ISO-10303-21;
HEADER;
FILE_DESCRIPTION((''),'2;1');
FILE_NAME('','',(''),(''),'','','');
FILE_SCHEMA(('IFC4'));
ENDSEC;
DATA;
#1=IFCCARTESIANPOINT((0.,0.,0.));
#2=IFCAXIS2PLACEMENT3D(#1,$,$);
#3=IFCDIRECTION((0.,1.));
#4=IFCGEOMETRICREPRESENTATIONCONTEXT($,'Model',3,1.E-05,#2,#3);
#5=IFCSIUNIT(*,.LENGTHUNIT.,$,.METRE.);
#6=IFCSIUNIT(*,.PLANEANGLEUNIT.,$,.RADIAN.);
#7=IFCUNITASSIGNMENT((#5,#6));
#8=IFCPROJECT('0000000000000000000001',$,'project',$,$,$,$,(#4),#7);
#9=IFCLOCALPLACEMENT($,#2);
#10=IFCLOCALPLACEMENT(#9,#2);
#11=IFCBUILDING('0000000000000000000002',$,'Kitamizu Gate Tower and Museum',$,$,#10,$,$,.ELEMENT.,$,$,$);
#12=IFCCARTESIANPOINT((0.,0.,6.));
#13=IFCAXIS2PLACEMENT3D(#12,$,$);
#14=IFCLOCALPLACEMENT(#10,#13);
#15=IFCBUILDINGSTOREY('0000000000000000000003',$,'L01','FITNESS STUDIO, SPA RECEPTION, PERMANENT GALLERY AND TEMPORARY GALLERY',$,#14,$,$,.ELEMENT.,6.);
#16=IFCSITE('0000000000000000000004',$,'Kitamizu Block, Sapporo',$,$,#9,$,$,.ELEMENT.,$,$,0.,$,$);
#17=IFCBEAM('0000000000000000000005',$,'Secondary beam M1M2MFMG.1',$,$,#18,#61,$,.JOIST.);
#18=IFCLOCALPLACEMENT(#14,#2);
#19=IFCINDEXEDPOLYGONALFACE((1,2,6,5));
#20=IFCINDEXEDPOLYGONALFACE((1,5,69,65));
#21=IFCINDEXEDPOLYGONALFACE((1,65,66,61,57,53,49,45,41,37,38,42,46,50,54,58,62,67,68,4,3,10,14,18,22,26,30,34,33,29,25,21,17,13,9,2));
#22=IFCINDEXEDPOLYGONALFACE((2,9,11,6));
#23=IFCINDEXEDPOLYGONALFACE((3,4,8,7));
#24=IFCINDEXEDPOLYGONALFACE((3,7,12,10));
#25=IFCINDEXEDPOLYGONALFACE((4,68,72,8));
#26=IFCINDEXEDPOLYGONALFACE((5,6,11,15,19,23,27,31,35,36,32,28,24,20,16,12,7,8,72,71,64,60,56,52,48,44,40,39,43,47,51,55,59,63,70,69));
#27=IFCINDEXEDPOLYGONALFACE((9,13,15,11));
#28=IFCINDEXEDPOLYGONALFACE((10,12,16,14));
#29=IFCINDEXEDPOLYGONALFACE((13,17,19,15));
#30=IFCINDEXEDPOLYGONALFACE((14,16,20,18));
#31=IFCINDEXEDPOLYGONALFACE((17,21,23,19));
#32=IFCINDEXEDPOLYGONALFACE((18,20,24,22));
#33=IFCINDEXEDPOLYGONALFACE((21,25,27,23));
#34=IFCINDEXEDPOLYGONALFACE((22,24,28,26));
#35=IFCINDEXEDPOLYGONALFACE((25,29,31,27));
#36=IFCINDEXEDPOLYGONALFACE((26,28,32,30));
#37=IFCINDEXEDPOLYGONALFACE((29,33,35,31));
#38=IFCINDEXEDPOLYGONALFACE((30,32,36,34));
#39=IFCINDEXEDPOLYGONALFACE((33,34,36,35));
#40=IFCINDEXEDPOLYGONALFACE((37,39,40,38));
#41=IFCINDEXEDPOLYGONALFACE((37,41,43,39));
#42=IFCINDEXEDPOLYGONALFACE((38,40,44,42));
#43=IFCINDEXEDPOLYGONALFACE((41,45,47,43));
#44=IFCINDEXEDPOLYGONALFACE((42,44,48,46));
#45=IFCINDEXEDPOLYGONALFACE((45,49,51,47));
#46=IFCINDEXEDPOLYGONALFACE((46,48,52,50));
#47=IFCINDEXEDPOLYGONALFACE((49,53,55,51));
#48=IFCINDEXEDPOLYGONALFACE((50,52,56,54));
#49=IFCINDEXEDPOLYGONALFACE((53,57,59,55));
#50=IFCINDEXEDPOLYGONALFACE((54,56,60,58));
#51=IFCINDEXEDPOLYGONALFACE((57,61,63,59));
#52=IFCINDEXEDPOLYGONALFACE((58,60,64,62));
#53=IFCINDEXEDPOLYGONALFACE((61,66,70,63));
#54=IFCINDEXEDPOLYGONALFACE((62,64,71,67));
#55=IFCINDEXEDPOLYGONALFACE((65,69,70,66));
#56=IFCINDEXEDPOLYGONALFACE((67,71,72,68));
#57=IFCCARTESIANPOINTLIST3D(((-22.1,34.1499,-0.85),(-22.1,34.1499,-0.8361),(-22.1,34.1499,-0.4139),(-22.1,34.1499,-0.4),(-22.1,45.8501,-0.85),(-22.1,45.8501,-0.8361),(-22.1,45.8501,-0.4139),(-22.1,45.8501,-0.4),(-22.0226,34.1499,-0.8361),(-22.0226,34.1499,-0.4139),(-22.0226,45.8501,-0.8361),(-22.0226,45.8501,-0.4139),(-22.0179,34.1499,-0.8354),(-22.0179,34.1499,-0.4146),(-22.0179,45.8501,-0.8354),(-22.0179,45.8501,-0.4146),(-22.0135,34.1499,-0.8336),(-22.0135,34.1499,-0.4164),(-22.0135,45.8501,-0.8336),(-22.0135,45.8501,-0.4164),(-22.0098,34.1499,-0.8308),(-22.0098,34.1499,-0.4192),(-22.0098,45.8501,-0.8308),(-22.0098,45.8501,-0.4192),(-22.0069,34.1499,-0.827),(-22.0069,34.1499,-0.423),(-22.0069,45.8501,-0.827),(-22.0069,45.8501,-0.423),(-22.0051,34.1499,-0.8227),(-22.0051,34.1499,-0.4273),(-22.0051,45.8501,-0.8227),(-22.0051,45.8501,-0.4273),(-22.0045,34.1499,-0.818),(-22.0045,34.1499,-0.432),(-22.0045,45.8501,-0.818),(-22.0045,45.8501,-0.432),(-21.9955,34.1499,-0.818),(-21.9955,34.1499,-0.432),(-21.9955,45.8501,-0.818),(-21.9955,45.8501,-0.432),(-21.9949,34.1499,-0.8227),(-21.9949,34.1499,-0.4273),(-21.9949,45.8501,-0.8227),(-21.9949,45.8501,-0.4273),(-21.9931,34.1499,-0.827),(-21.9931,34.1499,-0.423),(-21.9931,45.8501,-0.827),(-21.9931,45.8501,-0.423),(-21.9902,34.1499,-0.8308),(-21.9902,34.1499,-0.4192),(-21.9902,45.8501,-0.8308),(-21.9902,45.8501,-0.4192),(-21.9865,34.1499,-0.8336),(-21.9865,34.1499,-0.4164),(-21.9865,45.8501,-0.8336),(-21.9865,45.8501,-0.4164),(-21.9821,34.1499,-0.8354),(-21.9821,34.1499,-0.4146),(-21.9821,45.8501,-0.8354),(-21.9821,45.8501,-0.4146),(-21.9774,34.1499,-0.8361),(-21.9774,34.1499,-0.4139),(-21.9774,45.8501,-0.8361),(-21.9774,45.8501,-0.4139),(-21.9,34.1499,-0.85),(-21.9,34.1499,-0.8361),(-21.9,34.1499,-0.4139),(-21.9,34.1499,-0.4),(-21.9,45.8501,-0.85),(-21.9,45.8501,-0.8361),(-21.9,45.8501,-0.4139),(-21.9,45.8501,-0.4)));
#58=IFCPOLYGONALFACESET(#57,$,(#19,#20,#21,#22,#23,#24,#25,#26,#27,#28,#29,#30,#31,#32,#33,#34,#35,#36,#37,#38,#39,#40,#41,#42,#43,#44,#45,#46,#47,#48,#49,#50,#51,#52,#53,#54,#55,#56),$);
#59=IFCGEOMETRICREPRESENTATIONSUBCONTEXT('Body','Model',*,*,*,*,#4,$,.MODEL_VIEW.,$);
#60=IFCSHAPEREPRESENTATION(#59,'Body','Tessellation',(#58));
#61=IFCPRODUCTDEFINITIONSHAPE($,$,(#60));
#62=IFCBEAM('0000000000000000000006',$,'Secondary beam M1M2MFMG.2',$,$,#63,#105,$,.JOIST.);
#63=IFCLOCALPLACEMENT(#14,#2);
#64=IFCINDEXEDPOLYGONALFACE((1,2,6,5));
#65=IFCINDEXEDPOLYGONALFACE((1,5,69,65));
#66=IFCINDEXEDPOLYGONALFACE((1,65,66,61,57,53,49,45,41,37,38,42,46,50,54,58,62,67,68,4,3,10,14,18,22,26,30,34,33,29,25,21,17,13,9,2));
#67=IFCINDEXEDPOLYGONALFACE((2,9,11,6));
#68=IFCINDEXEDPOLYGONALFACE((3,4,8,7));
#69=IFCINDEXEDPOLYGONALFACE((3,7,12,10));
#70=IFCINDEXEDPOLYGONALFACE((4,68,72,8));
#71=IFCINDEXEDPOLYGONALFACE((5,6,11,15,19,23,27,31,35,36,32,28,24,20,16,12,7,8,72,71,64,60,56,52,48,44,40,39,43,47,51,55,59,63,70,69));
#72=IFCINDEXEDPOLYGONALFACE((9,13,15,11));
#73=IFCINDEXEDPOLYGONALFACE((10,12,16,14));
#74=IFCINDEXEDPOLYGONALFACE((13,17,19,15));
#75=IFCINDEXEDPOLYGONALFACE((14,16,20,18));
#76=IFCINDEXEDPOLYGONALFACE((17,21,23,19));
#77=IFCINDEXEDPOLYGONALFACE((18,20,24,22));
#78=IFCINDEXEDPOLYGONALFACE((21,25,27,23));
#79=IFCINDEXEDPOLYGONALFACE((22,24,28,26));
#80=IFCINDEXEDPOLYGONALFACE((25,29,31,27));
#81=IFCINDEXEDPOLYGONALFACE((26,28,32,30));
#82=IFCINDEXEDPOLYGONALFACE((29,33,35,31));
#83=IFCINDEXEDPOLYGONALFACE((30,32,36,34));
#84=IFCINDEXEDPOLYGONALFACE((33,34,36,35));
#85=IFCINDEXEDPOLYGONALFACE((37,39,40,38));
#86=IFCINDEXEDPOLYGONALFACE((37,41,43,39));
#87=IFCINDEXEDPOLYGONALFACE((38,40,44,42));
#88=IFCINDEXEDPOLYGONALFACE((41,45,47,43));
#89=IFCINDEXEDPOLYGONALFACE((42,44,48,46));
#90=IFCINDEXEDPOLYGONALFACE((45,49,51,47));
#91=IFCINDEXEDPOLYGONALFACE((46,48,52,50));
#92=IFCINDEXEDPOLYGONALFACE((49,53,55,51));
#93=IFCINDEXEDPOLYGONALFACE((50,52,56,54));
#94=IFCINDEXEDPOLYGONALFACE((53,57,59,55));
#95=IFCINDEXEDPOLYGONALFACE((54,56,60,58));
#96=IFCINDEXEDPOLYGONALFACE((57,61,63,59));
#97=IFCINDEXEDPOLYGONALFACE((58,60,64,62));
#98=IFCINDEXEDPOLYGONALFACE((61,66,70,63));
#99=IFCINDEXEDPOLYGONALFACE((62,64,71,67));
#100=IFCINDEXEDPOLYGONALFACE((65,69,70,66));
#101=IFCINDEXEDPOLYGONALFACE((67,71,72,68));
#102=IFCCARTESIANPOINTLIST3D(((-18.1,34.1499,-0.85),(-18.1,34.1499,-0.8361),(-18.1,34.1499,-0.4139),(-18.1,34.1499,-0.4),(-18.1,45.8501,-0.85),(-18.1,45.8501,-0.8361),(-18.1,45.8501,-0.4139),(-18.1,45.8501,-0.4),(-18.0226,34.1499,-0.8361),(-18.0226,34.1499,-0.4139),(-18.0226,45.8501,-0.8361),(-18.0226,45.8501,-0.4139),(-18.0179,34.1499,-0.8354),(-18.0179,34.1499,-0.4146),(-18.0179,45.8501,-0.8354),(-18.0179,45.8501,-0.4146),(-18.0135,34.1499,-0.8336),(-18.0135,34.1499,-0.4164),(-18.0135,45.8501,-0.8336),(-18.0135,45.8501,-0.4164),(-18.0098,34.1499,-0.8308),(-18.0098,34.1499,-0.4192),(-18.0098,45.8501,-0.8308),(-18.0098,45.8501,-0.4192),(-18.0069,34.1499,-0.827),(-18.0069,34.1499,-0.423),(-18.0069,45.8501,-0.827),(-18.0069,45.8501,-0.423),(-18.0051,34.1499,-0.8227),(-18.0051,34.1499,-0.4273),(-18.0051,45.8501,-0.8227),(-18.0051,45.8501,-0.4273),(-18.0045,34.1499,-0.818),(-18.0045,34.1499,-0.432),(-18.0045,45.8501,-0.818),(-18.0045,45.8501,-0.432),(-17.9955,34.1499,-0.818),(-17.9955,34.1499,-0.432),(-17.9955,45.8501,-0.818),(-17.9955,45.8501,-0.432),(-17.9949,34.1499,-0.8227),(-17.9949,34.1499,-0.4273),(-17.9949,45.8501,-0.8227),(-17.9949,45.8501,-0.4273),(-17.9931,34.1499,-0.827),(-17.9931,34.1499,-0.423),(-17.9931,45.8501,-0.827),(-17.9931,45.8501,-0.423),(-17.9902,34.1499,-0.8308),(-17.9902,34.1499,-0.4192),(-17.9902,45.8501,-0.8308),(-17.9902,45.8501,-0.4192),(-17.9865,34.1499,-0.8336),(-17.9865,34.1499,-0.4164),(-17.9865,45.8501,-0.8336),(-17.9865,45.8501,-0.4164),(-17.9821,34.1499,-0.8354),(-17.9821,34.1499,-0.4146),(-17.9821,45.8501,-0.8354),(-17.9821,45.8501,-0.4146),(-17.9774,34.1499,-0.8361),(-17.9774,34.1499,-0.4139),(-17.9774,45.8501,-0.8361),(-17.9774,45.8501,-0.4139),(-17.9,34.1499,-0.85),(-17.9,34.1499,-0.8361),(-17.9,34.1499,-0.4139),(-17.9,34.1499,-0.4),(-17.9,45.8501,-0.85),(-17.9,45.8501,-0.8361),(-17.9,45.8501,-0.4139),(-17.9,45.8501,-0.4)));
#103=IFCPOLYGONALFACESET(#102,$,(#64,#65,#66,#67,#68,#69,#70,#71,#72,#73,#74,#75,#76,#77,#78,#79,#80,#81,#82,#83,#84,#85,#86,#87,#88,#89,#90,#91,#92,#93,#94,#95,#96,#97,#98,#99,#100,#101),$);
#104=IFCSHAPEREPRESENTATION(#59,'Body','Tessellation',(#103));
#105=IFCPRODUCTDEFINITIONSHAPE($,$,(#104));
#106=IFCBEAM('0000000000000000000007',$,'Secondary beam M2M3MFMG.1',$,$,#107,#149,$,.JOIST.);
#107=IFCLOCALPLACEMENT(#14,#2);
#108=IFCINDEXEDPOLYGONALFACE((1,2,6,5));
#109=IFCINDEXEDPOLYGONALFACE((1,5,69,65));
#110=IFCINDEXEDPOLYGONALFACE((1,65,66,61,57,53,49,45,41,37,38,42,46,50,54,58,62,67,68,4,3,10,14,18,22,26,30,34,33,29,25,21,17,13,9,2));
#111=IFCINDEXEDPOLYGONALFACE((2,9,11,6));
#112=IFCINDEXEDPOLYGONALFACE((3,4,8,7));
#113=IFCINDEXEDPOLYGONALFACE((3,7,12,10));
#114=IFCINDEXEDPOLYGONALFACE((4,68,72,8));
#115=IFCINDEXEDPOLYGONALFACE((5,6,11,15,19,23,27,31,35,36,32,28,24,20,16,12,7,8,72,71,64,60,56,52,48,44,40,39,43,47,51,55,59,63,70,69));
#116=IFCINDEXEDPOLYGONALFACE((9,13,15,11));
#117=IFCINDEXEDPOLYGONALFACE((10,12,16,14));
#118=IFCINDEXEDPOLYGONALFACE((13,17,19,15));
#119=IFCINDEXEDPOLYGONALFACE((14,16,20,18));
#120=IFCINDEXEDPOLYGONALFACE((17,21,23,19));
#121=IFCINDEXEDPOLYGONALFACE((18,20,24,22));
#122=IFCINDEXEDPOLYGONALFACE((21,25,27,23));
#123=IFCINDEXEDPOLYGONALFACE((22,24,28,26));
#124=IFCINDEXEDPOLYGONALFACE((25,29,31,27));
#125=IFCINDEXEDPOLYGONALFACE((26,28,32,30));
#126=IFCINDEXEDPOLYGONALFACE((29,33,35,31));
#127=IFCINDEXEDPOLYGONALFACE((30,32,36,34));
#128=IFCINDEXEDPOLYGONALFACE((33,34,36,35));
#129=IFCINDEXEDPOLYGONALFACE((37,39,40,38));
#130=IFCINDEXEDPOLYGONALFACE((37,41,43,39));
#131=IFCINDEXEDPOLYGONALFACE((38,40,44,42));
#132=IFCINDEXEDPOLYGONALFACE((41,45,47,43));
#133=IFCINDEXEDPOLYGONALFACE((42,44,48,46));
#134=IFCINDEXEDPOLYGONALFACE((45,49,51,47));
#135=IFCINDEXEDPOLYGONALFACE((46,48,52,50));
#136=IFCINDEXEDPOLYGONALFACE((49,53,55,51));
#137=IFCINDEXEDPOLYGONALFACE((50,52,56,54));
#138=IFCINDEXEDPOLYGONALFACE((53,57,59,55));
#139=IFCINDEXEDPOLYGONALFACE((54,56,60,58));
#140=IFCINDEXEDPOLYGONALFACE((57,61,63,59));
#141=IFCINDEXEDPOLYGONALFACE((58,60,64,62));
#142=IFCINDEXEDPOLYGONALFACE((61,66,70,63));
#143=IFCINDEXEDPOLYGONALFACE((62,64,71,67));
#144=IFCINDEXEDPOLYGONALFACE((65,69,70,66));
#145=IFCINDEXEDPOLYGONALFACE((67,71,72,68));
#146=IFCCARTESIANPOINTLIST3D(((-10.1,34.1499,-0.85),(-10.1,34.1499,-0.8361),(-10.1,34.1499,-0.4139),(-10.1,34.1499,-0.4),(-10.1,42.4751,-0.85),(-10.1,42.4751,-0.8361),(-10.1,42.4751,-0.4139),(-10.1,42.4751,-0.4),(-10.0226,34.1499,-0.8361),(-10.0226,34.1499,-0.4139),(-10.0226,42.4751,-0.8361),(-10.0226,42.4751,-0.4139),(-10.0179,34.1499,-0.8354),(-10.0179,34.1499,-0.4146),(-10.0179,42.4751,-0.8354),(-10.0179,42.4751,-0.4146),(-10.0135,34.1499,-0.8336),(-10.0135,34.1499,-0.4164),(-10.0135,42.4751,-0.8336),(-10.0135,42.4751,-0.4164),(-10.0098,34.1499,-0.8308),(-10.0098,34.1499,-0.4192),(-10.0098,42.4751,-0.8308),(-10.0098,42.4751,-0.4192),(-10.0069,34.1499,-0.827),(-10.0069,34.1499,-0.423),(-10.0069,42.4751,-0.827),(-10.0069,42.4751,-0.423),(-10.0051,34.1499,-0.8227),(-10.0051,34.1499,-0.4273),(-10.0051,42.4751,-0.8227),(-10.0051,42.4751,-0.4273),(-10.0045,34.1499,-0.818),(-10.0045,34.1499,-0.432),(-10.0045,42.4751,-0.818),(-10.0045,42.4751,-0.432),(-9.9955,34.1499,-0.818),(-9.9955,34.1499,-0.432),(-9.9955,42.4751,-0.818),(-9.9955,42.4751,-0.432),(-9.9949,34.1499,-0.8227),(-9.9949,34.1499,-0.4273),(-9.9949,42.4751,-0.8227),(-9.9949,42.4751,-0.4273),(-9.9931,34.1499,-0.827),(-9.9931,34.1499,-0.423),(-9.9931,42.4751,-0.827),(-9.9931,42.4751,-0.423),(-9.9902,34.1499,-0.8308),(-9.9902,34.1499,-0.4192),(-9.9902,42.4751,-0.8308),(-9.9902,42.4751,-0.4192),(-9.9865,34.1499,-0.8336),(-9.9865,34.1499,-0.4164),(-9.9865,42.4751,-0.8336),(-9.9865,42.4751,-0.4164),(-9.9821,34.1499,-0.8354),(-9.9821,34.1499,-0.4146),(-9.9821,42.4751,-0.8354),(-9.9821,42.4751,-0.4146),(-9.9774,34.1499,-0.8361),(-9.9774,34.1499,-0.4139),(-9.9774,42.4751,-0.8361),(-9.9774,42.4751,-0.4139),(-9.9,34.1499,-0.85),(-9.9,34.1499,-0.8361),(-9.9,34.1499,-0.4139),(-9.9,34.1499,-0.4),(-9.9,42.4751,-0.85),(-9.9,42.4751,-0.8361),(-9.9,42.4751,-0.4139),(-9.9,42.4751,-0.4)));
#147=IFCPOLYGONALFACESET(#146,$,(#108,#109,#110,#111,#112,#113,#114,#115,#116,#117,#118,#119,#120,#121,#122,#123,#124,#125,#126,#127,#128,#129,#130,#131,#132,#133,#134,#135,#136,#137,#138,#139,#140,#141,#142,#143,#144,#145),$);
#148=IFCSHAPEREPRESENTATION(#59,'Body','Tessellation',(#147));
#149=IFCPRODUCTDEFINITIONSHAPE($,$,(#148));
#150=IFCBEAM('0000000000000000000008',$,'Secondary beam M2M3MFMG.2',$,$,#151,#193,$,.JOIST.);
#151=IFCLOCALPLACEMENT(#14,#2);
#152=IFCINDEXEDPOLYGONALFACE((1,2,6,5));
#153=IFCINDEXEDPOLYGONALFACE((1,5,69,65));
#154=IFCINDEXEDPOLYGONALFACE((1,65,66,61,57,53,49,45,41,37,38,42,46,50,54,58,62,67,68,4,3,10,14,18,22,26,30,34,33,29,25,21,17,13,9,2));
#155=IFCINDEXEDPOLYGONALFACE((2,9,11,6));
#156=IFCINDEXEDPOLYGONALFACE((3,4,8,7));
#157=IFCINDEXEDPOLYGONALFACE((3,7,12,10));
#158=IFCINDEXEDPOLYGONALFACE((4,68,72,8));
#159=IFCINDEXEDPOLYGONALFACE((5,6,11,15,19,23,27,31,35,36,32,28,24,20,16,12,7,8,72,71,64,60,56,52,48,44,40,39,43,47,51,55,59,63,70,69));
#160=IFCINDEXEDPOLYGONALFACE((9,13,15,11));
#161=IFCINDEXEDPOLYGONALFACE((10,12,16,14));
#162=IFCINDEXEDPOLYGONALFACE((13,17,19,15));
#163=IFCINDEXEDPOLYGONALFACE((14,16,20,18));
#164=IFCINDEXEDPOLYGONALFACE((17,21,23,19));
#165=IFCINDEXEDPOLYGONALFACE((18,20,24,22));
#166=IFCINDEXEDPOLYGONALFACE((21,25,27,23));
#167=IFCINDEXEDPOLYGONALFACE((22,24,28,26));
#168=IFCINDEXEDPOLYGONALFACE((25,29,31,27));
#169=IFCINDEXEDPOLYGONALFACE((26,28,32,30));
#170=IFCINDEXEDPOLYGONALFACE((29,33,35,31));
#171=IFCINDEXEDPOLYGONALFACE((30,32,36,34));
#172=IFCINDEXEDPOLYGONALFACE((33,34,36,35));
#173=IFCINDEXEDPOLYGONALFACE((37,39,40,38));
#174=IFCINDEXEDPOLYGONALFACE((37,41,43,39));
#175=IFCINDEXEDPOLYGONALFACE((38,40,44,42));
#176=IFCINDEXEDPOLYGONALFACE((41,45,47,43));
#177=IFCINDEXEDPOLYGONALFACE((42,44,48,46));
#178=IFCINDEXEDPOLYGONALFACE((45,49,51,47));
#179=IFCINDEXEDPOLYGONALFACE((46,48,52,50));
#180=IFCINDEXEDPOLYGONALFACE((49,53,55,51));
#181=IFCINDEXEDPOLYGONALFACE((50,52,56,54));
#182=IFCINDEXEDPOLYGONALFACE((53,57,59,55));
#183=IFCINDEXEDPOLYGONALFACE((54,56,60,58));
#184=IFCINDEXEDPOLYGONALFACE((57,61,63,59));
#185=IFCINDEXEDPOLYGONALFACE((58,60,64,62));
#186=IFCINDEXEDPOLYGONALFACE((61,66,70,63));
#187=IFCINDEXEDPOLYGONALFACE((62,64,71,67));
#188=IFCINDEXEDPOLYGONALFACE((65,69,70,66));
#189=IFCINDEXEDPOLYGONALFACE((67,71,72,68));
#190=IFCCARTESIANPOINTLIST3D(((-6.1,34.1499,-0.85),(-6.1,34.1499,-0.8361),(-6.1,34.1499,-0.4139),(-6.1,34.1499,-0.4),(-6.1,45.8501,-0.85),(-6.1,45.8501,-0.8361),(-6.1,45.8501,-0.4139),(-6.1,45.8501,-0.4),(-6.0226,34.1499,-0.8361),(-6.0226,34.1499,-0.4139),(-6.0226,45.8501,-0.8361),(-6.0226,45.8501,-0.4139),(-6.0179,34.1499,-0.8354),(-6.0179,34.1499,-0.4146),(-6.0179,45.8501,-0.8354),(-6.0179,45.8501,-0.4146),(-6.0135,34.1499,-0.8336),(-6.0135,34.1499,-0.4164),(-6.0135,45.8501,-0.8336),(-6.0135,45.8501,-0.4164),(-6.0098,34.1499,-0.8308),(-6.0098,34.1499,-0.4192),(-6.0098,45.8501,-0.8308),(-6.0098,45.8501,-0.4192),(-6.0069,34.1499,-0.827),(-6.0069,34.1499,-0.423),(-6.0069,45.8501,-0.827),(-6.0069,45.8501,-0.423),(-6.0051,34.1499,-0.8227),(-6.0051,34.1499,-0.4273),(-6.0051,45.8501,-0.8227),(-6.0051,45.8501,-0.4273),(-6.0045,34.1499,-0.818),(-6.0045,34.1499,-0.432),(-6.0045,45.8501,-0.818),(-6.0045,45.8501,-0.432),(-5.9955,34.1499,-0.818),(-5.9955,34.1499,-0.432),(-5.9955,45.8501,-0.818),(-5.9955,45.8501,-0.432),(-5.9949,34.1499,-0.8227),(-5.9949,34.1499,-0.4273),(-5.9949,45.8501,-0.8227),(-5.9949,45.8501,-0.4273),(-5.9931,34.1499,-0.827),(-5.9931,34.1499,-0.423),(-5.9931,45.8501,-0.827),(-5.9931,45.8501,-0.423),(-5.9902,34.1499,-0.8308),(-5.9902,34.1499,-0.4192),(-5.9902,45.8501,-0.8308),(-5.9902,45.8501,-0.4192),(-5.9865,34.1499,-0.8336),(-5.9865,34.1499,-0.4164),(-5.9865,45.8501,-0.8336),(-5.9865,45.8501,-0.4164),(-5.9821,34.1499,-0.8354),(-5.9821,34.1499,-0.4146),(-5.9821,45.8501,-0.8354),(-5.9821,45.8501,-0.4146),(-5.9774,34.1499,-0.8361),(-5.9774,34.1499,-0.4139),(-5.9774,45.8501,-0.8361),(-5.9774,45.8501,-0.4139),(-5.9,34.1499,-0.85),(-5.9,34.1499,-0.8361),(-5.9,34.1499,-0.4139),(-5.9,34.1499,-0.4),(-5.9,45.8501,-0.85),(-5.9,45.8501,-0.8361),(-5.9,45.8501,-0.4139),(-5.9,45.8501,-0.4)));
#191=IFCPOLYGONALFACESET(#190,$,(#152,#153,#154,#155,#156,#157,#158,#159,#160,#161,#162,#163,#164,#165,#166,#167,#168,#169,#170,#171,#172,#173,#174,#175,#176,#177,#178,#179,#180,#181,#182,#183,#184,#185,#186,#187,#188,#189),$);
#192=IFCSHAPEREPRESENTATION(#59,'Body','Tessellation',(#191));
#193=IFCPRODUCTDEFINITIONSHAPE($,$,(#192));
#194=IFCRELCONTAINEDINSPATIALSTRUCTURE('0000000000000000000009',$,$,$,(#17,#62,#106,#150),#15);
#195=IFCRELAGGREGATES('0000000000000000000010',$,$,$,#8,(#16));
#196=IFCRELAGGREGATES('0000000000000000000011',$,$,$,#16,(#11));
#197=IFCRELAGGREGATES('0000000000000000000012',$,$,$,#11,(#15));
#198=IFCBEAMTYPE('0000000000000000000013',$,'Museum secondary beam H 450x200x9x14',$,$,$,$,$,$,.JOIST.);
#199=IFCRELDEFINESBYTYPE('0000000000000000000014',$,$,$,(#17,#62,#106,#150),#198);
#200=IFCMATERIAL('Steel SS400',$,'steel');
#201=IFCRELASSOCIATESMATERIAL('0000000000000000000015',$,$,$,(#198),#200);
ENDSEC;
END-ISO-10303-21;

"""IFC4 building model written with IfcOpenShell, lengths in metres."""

from ifc_helpers import new_model, si_unit, direction, frame, origin, origin_2d, place, context, subcontext, project, spatial, i_section, extrude, material, material_profile, profile_set, type_object, element, save


model = new_model("IFC4")

# Units and contexts
model_context = context("Model", 3, precision=1e-05, world=origin(), true_north=direction((0.0, 1.0)))
body_context = subcontext(model_context, "Body", "Model", "MODEL_VIEW")
ifc_project = project(units=[si_unit("LENGTHUNIT", "METRE"), si_unit("PLANEANGLEUNIT", "RADIAN")], contexts=[model_context])

# Site, building, storey
site_placement = place(None, origin())
site = spatial("IfcSite", under=ifc_project, at=site_placement, Name="Kitamizu Block, Sapporo", CompositionType="ELEMENT", RefElevation=0.0)
building_placement = place(site_placement, origin())
building = spatial("IfcBuilding", under=site, at=building_placement, Name="Kitamizu Gate Tower and Museum", CompositionType="ELEMENT")
storey_placement = place(building_placement, frame((0.0, 0.0, 6.0)))
storey = spatial("IfcBuildingStorey", under=building, at=storey_placement, Name="L01", Description="FITNESS STUDIO, SPA RECEPTION, PERMANENT GALLERY AND TEMPORARY GALLERY", CompositionType="ELEMENT", Elevation=6.0)

# Beams
ifc_material_1 = material(Name="Steel SS400", Category="steel")
ifc_material_profile_1 = material_profile(ifc_material_1, i_section(OverallWidth=0.2, OverallDepth=0.45, WebThickness=0.009, FlangeThickness=0.0139, FilletRadius=0.0181, at=origin_2d()), Name="H-450x200x9x14")
ifc_profile_set_1 = profile_set([ifc_material_profile_1], Name="Steel SS400")
beam_type_1 = type_object("IfcBeamType", Name="Museum secondary beam H 450x200x9x14", PredefinedType="JOIST", material=ifc_profile_set_1)
for number, where, z_axis, x_axis, name in (
    (1, (-22.0, 34.1499, -0.625), (0.0, 1.0, 0.0), (-1.0, 0.0, 0.0), "Secondary beam M1M2MFMG.1"),
    (2, (-18.0, 34.1499, -0.625), (0.0, 1.0, 0.0), (-1.0, 0.0, 0.0), "Secondary beam M1M2MFMG.2"),
):
    element("IfcBeam", number, at=place(storey_placement, frame(where, z_axis=z_axis, x_axis=x_axis)), inside=storey, type_object=beam_type_1, Name=name, PredefinedType="JOIST", context=body_context, shape_type="SweptSolid", body=[
        extrude(i_section(OverallWidth=0.2, OverallDepth=0.45, WebThickness=0.009, FlangeThickness=0.0139, FilletRadius=0.0181, at=origin_2d()), origin(), (0.0, 0.0, 1.0), 11.7002),
    ])
beam_1_placement = place(storey_placement, frame((-10.0, 34.1499, -0.625), z_axis=(0.0, 1.0, 0.0), x_axis=(-1.0, 0.0, 0.0)))
element("IfcBeam", 3, at=beam_1_placement, inside=storey, type_object=beam_type_1, Name="Secondary beam M2M3MFMG.1", PredefinedType="JOIST", context=body_context, shape_type="SweptSolid", body=[
    extrude(i_section(OverallWidth=0.2, OverallDepth=0.45, WebThickness=0.009, FlangeThickness=0.0139, FilletRadius=0.0181, at=origin_2d()), origin(), (0.0, 0.0, 1.0), 8.3252),
])
beam_2_placement = place(storey_placement, frame((-6.0, 34.1499, -0.625), z_axis=(0.0, 1.0, 0.0), x_axis=(-1.0, 0.0, 0.0)))
element("IfcBeam", 4, at=beam_2_placement, inside=storey, type_object=beam_type_1, Name="Secondary beam M2M3MFMG.2", PredefinedType="JOIST", context=body_context, shape_type="SweptSolid", body=[
    extrude(i_section(OverallWidth=0.2, OverallDepth=0.45, WebThickness=0.009, FlangeThickness=0.0139, FilletRadius=0.0181, at=origin_2d()), origin(), (0.0, 0.0, 1.0), 11.7002),
])

save(model, "model.ifc")
